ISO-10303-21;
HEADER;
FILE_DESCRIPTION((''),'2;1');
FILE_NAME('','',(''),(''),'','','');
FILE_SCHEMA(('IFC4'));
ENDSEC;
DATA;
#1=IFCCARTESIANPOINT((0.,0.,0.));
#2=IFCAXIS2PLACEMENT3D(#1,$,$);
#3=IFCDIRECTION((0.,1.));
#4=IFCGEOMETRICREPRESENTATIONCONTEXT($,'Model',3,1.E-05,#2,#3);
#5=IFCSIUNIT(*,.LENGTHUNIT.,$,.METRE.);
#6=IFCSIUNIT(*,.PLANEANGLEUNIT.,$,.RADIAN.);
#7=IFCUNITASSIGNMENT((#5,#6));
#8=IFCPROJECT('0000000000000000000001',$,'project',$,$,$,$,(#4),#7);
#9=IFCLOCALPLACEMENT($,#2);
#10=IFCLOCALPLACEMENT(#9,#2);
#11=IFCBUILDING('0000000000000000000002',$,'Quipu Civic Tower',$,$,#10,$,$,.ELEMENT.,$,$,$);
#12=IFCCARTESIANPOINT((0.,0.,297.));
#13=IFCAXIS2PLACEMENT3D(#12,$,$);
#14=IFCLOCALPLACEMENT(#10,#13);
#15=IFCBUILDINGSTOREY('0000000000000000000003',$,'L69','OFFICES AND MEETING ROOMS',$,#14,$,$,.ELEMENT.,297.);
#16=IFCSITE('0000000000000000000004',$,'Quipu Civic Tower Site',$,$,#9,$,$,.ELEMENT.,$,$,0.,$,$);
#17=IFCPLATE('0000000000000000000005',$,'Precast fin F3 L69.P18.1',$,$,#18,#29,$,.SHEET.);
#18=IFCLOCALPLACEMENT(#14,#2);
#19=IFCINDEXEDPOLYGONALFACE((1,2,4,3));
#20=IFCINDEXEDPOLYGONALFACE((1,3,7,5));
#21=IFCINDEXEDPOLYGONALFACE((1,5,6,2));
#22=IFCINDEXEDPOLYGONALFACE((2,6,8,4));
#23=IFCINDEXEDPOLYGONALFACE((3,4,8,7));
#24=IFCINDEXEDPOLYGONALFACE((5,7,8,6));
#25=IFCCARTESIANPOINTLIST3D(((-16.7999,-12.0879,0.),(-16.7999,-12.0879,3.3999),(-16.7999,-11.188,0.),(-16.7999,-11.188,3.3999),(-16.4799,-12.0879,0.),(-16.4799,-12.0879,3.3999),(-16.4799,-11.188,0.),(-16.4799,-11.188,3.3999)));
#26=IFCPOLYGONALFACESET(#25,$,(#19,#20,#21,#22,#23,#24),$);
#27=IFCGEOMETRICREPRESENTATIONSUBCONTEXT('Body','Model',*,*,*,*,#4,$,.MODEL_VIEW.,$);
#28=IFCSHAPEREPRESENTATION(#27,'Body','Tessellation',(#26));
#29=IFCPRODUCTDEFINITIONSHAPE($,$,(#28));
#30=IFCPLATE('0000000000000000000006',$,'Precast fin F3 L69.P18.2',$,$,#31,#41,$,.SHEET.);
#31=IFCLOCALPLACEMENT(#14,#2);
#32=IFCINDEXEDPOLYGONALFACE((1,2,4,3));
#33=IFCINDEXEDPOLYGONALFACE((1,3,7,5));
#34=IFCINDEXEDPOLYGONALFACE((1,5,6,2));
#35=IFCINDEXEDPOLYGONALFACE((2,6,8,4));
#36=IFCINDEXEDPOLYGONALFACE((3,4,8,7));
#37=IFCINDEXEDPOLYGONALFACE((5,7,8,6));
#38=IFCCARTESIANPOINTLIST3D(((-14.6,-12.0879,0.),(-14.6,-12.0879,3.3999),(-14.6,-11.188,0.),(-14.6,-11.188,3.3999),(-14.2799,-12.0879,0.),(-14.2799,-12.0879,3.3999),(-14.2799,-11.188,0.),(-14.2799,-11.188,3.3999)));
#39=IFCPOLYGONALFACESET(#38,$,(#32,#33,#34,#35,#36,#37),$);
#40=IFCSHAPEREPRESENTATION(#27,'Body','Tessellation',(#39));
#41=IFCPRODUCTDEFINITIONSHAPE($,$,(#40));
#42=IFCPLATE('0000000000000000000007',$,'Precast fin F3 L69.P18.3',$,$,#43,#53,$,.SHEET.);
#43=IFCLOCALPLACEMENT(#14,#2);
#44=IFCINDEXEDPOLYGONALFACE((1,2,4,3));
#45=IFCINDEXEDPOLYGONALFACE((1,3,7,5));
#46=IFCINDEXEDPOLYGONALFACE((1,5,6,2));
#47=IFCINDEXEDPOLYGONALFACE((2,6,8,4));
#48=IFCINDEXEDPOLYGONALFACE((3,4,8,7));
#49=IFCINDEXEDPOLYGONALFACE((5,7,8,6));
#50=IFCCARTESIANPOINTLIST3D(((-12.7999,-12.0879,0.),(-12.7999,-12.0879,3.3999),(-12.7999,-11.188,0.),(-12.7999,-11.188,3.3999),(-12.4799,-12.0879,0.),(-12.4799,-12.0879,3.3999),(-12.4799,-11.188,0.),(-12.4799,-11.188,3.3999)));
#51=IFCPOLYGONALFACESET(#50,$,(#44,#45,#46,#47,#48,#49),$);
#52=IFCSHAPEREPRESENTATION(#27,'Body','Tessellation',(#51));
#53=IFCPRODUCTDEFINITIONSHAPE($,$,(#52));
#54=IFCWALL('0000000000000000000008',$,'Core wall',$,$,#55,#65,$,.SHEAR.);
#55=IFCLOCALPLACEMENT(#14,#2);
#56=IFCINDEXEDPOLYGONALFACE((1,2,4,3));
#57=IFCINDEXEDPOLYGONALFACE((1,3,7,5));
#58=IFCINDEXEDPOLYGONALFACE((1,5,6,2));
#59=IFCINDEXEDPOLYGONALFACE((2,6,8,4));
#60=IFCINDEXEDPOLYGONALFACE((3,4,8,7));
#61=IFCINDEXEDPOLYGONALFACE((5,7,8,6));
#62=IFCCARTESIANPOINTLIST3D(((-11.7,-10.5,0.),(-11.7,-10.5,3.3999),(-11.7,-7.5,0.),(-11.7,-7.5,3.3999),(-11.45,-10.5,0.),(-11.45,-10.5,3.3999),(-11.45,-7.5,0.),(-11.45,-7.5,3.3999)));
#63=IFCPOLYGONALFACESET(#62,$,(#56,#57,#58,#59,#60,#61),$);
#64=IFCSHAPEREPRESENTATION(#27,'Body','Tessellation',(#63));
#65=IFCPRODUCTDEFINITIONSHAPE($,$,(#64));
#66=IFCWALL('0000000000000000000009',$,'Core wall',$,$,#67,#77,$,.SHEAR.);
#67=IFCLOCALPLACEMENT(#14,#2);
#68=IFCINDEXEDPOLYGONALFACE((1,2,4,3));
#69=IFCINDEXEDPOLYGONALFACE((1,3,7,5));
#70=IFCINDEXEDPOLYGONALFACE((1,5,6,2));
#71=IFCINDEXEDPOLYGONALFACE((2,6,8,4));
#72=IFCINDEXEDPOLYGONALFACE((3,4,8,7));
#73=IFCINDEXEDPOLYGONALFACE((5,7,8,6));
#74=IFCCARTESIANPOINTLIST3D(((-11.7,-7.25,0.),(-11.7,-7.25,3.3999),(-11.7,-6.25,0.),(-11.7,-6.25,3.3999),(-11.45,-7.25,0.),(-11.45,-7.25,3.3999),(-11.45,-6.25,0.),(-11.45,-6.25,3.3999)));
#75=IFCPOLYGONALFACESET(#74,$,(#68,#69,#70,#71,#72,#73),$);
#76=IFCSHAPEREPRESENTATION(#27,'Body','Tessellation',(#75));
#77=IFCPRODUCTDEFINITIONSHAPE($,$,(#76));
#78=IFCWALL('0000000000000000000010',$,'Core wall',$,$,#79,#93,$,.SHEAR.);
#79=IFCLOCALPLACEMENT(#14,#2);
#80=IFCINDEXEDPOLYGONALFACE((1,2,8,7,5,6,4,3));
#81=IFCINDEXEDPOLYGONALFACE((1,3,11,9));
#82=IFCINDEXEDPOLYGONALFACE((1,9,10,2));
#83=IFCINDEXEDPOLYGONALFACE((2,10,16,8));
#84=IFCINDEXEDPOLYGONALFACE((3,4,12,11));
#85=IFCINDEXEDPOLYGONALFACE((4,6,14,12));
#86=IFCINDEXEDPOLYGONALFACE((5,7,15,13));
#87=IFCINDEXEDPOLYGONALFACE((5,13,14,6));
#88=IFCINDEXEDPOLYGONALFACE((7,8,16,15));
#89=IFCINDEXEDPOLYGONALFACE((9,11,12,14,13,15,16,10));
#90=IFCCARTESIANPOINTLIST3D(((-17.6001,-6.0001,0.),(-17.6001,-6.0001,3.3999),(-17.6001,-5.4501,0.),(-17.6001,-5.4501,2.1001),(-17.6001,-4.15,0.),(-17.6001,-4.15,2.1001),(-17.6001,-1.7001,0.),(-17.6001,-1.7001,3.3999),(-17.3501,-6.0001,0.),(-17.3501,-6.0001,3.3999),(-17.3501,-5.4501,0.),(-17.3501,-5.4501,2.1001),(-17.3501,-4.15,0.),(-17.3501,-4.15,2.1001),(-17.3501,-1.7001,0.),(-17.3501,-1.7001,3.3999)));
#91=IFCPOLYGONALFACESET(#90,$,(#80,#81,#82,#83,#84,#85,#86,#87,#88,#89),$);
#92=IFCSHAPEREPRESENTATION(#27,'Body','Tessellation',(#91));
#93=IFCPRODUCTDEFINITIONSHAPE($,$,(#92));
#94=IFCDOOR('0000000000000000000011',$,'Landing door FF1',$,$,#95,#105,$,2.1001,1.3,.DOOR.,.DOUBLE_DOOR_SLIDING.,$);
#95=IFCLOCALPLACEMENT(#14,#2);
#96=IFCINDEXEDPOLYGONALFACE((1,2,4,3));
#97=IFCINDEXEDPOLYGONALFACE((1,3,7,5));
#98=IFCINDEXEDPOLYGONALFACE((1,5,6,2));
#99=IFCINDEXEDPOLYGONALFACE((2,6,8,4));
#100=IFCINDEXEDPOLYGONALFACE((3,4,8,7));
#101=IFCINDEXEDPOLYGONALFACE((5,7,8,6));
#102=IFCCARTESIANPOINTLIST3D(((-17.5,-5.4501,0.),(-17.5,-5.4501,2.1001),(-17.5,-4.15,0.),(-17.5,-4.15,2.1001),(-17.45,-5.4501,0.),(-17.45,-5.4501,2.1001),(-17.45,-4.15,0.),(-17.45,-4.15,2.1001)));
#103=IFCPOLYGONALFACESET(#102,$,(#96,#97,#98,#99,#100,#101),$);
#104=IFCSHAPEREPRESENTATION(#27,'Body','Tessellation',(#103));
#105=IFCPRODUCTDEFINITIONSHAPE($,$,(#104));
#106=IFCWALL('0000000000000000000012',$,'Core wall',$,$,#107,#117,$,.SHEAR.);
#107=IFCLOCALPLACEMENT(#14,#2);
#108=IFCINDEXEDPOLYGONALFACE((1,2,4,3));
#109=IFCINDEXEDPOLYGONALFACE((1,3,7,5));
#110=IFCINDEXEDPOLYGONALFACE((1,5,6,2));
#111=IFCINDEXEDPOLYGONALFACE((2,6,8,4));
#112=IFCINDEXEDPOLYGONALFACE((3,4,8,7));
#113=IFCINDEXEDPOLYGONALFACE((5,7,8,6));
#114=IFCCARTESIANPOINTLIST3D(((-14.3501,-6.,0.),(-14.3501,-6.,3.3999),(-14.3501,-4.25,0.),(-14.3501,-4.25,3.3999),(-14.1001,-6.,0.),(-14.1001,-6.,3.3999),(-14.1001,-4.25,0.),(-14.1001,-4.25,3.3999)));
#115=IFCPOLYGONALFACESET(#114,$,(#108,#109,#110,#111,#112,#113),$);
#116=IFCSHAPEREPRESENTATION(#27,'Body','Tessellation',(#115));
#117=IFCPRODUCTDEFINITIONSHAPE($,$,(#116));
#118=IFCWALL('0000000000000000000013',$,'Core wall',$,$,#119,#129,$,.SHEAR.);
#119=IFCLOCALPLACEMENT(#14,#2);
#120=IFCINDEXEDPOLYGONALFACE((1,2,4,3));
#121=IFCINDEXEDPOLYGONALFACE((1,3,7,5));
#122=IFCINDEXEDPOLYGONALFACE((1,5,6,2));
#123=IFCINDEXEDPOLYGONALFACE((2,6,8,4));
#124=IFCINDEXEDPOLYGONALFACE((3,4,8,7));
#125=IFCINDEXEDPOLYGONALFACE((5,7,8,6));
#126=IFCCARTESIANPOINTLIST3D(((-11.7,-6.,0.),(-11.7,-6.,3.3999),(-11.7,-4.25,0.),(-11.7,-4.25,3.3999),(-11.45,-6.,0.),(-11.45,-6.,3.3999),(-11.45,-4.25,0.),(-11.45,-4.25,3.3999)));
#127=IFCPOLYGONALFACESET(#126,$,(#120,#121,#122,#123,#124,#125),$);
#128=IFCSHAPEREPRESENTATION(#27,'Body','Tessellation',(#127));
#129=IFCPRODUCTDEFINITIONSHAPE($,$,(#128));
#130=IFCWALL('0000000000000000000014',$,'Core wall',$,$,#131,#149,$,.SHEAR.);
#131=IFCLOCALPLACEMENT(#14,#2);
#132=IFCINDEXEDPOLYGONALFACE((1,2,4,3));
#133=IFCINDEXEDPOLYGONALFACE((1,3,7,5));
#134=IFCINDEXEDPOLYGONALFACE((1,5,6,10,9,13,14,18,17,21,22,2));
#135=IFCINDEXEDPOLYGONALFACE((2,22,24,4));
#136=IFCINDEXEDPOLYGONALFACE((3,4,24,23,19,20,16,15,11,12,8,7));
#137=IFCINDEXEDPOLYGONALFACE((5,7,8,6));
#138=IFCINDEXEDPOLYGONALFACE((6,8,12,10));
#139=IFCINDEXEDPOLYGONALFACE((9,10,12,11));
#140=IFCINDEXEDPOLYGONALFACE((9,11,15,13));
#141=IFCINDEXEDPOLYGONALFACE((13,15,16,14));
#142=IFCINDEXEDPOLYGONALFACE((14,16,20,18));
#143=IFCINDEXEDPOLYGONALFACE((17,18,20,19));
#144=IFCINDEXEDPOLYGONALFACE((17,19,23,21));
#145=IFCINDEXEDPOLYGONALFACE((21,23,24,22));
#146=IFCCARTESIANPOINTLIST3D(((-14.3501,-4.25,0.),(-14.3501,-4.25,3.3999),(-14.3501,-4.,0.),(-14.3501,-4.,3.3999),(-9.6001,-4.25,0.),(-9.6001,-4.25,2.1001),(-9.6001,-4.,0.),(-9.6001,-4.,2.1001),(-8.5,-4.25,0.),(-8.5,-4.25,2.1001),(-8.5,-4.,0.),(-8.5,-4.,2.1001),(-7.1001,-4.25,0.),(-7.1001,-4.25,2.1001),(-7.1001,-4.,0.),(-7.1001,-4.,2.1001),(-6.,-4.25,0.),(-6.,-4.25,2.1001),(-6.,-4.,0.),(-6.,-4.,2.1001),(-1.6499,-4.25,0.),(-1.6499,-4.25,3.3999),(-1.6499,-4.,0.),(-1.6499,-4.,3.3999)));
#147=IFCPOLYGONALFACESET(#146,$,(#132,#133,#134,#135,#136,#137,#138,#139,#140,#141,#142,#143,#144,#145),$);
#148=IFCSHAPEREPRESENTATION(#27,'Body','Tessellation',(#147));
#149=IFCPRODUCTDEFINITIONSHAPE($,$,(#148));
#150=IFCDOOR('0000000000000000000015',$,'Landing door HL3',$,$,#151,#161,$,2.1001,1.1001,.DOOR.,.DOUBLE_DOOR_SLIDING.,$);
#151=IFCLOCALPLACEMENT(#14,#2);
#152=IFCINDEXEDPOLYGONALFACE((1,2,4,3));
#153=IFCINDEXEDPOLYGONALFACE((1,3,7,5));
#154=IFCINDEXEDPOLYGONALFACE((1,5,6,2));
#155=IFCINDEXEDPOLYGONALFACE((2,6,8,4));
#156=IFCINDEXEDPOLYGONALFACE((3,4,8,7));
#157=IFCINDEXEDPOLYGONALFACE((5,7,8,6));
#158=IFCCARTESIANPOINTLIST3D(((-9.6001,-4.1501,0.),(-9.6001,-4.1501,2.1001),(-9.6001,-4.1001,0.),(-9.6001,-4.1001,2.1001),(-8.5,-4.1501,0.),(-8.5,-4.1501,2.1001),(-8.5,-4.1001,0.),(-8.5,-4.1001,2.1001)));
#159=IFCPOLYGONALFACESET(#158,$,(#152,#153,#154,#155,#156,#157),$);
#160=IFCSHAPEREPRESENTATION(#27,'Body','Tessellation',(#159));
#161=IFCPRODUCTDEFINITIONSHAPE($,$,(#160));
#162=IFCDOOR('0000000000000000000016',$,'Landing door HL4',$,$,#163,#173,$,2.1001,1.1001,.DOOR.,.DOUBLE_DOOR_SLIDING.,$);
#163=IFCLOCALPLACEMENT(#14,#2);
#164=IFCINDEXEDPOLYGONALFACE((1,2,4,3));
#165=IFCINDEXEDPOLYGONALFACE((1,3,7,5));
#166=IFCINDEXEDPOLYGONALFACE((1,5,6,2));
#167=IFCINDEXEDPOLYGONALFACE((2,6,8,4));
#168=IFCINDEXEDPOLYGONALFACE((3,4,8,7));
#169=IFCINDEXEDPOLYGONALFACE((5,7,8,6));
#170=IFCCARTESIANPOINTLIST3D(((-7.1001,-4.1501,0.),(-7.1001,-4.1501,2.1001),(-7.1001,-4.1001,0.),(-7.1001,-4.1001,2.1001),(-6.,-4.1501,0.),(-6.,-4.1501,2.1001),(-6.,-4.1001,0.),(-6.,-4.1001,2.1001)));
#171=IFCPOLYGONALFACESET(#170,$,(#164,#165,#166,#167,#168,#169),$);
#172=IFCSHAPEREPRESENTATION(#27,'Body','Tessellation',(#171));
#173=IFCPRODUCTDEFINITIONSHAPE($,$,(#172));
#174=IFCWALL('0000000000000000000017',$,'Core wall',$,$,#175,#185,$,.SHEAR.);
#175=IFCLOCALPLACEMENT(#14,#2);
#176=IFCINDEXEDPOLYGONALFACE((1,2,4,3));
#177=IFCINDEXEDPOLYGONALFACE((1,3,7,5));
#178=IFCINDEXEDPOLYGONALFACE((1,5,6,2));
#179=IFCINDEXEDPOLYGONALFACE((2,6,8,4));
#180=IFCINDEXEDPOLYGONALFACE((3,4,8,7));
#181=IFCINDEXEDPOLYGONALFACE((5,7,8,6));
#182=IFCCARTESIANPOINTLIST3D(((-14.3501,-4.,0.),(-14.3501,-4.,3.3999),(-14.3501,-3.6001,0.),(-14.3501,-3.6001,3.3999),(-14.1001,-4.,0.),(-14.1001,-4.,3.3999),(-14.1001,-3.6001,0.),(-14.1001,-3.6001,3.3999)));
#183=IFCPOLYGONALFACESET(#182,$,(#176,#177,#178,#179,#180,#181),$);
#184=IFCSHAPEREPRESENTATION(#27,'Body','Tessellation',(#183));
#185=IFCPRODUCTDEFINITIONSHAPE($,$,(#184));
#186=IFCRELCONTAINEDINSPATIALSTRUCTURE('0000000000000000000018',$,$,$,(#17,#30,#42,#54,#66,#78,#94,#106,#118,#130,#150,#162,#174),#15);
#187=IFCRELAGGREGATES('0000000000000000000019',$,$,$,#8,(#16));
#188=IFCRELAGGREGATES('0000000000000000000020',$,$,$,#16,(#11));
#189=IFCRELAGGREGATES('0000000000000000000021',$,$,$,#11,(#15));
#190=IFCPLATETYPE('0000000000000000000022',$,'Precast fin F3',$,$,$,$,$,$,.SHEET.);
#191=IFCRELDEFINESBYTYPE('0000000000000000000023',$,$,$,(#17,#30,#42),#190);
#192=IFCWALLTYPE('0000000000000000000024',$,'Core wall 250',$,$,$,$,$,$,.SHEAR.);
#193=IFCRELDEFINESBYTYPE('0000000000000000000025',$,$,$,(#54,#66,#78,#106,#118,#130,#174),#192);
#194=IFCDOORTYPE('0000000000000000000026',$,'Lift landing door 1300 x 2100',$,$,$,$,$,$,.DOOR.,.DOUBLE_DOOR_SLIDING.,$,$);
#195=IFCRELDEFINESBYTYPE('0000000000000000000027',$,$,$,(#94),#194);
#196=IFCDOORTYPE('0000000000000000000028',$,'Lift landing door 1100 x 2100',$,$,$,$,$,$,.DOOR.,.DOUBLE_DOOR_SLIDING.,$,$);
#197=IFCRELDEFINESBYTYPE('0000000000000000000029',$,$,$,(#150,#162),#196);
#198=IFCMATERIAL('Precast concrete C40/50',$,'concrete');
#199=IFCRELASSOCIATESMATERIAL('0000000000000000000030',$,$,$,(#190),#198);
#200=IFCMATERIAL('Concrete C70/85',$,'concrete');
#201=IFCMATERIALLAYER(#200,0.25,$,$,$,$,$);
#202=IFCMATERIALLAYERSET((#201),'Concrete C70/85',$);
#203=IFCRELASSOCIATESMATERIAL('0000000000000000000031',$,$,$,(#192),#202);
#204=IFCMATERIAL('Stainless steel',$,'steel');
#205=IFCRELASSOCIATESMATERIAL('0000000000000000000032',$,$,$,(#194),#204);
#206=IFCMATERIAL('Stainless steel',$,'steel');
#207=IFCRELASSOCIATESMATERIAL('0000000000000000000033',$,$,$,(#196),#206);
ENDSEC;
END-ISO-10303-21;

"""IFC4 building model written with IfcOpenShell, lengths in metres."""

from ifc_helpers import new_model, si_unit, direction, frame, frame_2d, origin, origin_2d, place, context, subcontext, project, spatial, rectangle, extrude, material, layer, layer_set, type_object, element, fill, save


model = new_model("IFC4")

# Units and contexts
model_context = context("Model", 3, precision=1e-05, world=origin(), true_north=direction((0.0, 1.0)))
body_context = subcontext(model_context, "Body", "Model", "MODEL_VIEW")
ifc_project = project(units=[si_unit("LENGTHUNIT", "METRE"), si_unit("PLANEANGLEUNIT", "RADIAN")], contexts=[model_context])

# Site, building, storey
site_placement = place(None, origin())
site = spatial("IfcSite", under=ifc_project, at=site_placement, Name="Quipu Civic Tower Site", CompositionType="ELEMENT", RefElevation=0.0)
building_placement = place(site_placement, origin())
building = spatial("IfcBuilding", under=site, at=building_placement, Name="Quipu Civic Tower", CompositionType="ELEMENT")
storey_placement = place(building_placement, frame((0.0, 0.0, 297.0)))
storey = spatial("IfcBuildingStorey", under=building, at=storey_placement, Name="L69", Description="OFFICES AND MEETING ROOMS", CompositionType="ELEMENT", Elevation=297.0)

# Plates
ifc_material_1 = material(Name="Precast concrete C40/50", Category="concrete")
plate_type = type_object("IfcPlateType", Name="Precast fin F3", PredefinedType="SHEET", material=ifc_material_1)
for number, where, z_axis, x_axis, name in (
    (1, (-16.6399, -11.6379, 0.0), (0.0, 0.0, 1.0), (1.0, 0.0, 0.0), "Precast fin F3 L69.P18.1"),
    (2, (-14.4399, -11.6379, 0.0), (0.0, 0.0, 1.0), (1.0, 0.0, 0.0), "Precast fin F3 L69.P18.2"),
    (3, (-12.6399, -11.6379, 0.0), (0.0, 0.0, 1.0), (1.0, 0.0, 0.0), "Precast fin F3 L69.P18.3"),
):
    element("IfcPlate", number, at=place(storey_placement, frame(where, z_axis=z_axis, x_axis=x_axis)), inside=storey, type_object=plate_type, Name=name, PredefinedType="SHEET", context=body_context, shape_type="SweptSolid", body=[
        extrude(rectangle(XDim=0.3201, YDim=0.8999, at=origin_2d()), origin(), (0.0, 0.0, 1.0), 3.3999),
    ])

# Walls
ifc_material_2 = material(Name="Concrete C70/85", Category="concrete")
ifc_layer_1 = layer(ifc_material_2, 0.25)
ifc_layer_set_1 = layer_set([ifc_layer_1], Name="Concrete C70/85")
wall_type_1 = type_object("IfcWallType", Name="Core wall 250", PredefinedType="SHEAR", material=ifc_layer_set_1)
wall_1_placement = place(storey_placement, frame((-11.575, -10.5, 0.0), z_axis=(0.0, 0.0, 1.0), x_axis=(0.0, 1.0, 0.0)))
element("IfcWall", 4, at=wall_1_placement, inside=storey, type_object=wall_type_1, Name="Core wall", PredefinedType="SHEAR", context=body_context, shape_type="SweptSolid", body=[
    extrude(rectangle(XDim=3.0, YDim=0.25, at=frame_2d((1.5, 0.0))), origin(), (0.0, 0.0, 1.0), 3.3999),
])
wall_2_placement = place(storey_placement, frame((-11.575, -7.25, 0.0), z_axis=(0.0, 0.0, 1.0), x_axis=(0.0, 1.0, 0.0)))
element("IfcWall", 5, at=wall_2_placement, inside=storey, type_object=wall_type_1, Name="Core wall", PredefinedType="SHEAR", context=body_context, shape_type="SweptSolid", body=[
    extrude(rectangle(XDim=1.0, YDim=0.25, at=frame_2d((0.5, 0.0))), origin(), (0.0, 0.0, 1.0), 3.3999),
])

# Wall, opening, door
wall_3_placement = place(storey_placement, frame((-17.4751, -6.0, 0.0), z_axis=(0.0, 0.0, 1.0), x_axis=(0.0, 1.0, 0.0)))
wall_3 = element("IfcWall", 6, at=wall_3_placement, inside=storey, type_object=wall_type_1, Name="Core wall", PredefinedType="SHEAR", context=body_context, shape_type="SweptSolid", body=[
    extrude(rectangle(XDim=4.3, YDim=0.25, at=frame_2d((2.1499, 0.0))), origin(), (0.0, 0.0, 1.0), 3.3999),
])
opening_1_placement = place(wall_3_placement, frame((0.55, 0.0, 0.0)))
opening_1 = element("IfcOpeningElement", 7, at=opening_1_placement, cuts=wall_3, PredefinedType="OPENING", context=body_context, shape_type="SweptSolid", body=[
    extrude(rectangle(XDim=1.3, YDim=2.1001, at=frame_2d((0.6499, 1.05))), frame((0.0, 0.135, 0.0), z_axis=(0.0, -1.0, 0.0), x_axis=(1.0, 0.0, 0.0)), (0.0, 0.0, 1.0), 0.27),
])
ifc_material_3 = material(Name="Stainless steel", Category="steel")
door_type_1 = type_object("IfcDoorType", Name="Lift landing door 1300 x 2100", OperationType="DOUBLE_DOOR_SLIDING", PredefinedType="DOOR", material=ifc_material_3)
door_1_placement = place(opening_1_placement, origin())
door_1 = element("IfcDoor", 8, at=door_1_placement, inside=storey, type_object=door_type_1, Name="Landing door FF1", OperationType="DOUBLE_DOOR_SLIDING", OverallHeight=2.1001, OverallWidth=1.3, PredefinedType="DOOR", context=body_context, shape_type="SweptSolid", body=[
    extrude(rectangle(XDim=1.3, YDim=2.1001, at=frame_2d((0.6499, 1.05))), frame((0.0, 0.0249, 0.0), z_axis=(0.0, -1.0, 0.0), x_axis=(1.0, 0.0, 0.0)), (0.0, 0.0, 1.0), 0.05),
])
fill(opening_1, door_1)

# Walls
for number, where, z_axis, x_axis, name in (
    (9, (-14.2251, -6.0, 0.0), (0.0, 0.0, 1.0), (0.0, 1.0, 0.0), "Core wall"),
    (10, (-11.575, -6.0, 0.0), (0.0, 0.0, 1.0), (0.0, 1.0, 0.0), "Core wall"),
):
    element("IfcWall", number, at=place(storey_placement, frame(where, z_axis=z_axis, x_axis=x_axis)), inside=storey, type_object=wall_type_1, Name=name, PredefinedType="SHEAR", context=body_context, shape_type="SweptSolid", body=[
        extrude(rectangle(XDim=1.75, YDim=0.25, at=frame_2d((0.875, 0.0))), origin(), (0.0, 0.0, 1.0), 3.3999),
    ])

# Wall, openings, doors
wall_4_placement = place(storey_placement, frame((-14.3501, -4.125, 0.0), z_axis=(0.0, 0.0, 1.0), x_axis=(1.0, 0.0, 0.0)))
wall_4 = element("IfcWall", 11, at=wall_4_placement, inside=storey, type_object=wall_type_1, Name="Core wall", PredefinedType="SHEAR", context=body_context, shape_type="SweptSolid", body=[
    extrude(rectangle(XDim=12.7002, YDim=0.25, at=frame_2d((6.3501, 0.0))), origin(), (0.0, 0.0, 1.0), 3.3999),
])
opening_2_placement = place(wall_4_placement, frame((4.75, 0.0, 0.0)))
opening_2 = element("IfcOpeningElement", 12, at=opening_2_placement, cuts=wall_4, PredefinedType="OPENING", context=body_context, shape_type="SweptSolid", body=[
    extrude(rectangle(XDim=1.1001, YDim=2.1001, at=frame_2d((0.55, 1.05))), frame((0.0, 0.135, 0.0), z_axis=(0.0, -1.0, 0.0), x_axis=(1.0, 0.0, 0.0)), (0.0, 0.0, 1.0), 0.27),
])
opening_3_placement = place(wall_4_placement, frame((7.25, 0.0, 0.0)))
opening_3 = element("IfcOpeningElement", 13, at=opening_3_placement, cuts=wall_4, PredefinedType="OPENING", context=body_context, shape_type="SweptSolid", body=[
    extrude(rectangle(XDim=1.1001, YDim=2.1001, at=frame_2d((0.55, 1.05))), frame((0.0, 0.135, 0.0), z_axis=(0.0, -1.0, 0.0), x_axis=(1.0, 0.0, 0.0)), (0.0, 0.0, 1.0), 0.27),
])
ifc_material_4 = material(Name="Stainless steel", Category="steel")
door_type_2 = type_object("IfcDoorType", Name="Lift landing door 1100 x 2100", OperationType="DOUBLE_DOOR_SLIDING", PredefinedType="DOOR", material=ifc_material_4)
door_2_placement = place(opening_2_placement, origin())
door_2 = element("IfcDoor", 14, at=door_2_placement, inside=storey, type_object=door_type_2, Name="Landing door HL3", OperationType="DOUBLE_DOOR_SLIDING", OverallHeight=2.1001, OverallWidth=1.1001, PredefinedType="DOOR", context=body_context, shape_type="SweptSolid", body=[
    extrude(rectangle(XDim=1.1001, YDim=2.1001, at=frame_2d((0.55, 1.05))), frame((0.0, 0.0249, 0.0), z_axis=(0.0, -1.0, 0.0), x_axis=(1.0, 0.0, 0.0)), (0.0, 0.0, 1.0), 0.05),
])
fill(opening_2, door_2)
door_3_placement = place(opening_3_placement, origin())
door_3 = element("IfcDoor", 15, at=door_3_placement, inside=storey, type_object=door_type_2, Name="Landing door HL4", OperationType="DOUBLE_DOOR_SLIDING", OverallHeight=2.1001, OverallWidth=1.1001, PredefinedType="DOOR", context=body_context, shape_type="SweptSolid", body=[
    extrude(rectangle(XDim=1.1001, YDim=2.1001, at=frame_2d((0.55, 1.05))), frame((0.0, 0.0249, 0.0), z_axis=(0.0, -1.0, 0.0), x_axis=(1.0, 0.0, 0.0)), (0.0, 0.0, 1.0), 0.05),
])
fill(opening_3, door_3)

# Wall
wall_5_placement = place(storey_placement, frame((-14.2251, -4.0, 0.0), z_axis=(0.0, 0.0, 1.0), x_axis=(0.0, 1.0, 0.0)))
element("IfcWall", 16, at=wall_5_placement, inside=storey, type_object=wall_type_1, Name="Core wall", PredefinedType="SHEAR", context=body_context, shape_type="SweptSolid", body=[
    extrude(rectangle(XDim=0.3999, YDim=0.25, at=frame_2d((0.2, 0.0))), origin(), (0.0, 0.0, 1.0), 3.3999),
])

save(model, "model.ifc")
